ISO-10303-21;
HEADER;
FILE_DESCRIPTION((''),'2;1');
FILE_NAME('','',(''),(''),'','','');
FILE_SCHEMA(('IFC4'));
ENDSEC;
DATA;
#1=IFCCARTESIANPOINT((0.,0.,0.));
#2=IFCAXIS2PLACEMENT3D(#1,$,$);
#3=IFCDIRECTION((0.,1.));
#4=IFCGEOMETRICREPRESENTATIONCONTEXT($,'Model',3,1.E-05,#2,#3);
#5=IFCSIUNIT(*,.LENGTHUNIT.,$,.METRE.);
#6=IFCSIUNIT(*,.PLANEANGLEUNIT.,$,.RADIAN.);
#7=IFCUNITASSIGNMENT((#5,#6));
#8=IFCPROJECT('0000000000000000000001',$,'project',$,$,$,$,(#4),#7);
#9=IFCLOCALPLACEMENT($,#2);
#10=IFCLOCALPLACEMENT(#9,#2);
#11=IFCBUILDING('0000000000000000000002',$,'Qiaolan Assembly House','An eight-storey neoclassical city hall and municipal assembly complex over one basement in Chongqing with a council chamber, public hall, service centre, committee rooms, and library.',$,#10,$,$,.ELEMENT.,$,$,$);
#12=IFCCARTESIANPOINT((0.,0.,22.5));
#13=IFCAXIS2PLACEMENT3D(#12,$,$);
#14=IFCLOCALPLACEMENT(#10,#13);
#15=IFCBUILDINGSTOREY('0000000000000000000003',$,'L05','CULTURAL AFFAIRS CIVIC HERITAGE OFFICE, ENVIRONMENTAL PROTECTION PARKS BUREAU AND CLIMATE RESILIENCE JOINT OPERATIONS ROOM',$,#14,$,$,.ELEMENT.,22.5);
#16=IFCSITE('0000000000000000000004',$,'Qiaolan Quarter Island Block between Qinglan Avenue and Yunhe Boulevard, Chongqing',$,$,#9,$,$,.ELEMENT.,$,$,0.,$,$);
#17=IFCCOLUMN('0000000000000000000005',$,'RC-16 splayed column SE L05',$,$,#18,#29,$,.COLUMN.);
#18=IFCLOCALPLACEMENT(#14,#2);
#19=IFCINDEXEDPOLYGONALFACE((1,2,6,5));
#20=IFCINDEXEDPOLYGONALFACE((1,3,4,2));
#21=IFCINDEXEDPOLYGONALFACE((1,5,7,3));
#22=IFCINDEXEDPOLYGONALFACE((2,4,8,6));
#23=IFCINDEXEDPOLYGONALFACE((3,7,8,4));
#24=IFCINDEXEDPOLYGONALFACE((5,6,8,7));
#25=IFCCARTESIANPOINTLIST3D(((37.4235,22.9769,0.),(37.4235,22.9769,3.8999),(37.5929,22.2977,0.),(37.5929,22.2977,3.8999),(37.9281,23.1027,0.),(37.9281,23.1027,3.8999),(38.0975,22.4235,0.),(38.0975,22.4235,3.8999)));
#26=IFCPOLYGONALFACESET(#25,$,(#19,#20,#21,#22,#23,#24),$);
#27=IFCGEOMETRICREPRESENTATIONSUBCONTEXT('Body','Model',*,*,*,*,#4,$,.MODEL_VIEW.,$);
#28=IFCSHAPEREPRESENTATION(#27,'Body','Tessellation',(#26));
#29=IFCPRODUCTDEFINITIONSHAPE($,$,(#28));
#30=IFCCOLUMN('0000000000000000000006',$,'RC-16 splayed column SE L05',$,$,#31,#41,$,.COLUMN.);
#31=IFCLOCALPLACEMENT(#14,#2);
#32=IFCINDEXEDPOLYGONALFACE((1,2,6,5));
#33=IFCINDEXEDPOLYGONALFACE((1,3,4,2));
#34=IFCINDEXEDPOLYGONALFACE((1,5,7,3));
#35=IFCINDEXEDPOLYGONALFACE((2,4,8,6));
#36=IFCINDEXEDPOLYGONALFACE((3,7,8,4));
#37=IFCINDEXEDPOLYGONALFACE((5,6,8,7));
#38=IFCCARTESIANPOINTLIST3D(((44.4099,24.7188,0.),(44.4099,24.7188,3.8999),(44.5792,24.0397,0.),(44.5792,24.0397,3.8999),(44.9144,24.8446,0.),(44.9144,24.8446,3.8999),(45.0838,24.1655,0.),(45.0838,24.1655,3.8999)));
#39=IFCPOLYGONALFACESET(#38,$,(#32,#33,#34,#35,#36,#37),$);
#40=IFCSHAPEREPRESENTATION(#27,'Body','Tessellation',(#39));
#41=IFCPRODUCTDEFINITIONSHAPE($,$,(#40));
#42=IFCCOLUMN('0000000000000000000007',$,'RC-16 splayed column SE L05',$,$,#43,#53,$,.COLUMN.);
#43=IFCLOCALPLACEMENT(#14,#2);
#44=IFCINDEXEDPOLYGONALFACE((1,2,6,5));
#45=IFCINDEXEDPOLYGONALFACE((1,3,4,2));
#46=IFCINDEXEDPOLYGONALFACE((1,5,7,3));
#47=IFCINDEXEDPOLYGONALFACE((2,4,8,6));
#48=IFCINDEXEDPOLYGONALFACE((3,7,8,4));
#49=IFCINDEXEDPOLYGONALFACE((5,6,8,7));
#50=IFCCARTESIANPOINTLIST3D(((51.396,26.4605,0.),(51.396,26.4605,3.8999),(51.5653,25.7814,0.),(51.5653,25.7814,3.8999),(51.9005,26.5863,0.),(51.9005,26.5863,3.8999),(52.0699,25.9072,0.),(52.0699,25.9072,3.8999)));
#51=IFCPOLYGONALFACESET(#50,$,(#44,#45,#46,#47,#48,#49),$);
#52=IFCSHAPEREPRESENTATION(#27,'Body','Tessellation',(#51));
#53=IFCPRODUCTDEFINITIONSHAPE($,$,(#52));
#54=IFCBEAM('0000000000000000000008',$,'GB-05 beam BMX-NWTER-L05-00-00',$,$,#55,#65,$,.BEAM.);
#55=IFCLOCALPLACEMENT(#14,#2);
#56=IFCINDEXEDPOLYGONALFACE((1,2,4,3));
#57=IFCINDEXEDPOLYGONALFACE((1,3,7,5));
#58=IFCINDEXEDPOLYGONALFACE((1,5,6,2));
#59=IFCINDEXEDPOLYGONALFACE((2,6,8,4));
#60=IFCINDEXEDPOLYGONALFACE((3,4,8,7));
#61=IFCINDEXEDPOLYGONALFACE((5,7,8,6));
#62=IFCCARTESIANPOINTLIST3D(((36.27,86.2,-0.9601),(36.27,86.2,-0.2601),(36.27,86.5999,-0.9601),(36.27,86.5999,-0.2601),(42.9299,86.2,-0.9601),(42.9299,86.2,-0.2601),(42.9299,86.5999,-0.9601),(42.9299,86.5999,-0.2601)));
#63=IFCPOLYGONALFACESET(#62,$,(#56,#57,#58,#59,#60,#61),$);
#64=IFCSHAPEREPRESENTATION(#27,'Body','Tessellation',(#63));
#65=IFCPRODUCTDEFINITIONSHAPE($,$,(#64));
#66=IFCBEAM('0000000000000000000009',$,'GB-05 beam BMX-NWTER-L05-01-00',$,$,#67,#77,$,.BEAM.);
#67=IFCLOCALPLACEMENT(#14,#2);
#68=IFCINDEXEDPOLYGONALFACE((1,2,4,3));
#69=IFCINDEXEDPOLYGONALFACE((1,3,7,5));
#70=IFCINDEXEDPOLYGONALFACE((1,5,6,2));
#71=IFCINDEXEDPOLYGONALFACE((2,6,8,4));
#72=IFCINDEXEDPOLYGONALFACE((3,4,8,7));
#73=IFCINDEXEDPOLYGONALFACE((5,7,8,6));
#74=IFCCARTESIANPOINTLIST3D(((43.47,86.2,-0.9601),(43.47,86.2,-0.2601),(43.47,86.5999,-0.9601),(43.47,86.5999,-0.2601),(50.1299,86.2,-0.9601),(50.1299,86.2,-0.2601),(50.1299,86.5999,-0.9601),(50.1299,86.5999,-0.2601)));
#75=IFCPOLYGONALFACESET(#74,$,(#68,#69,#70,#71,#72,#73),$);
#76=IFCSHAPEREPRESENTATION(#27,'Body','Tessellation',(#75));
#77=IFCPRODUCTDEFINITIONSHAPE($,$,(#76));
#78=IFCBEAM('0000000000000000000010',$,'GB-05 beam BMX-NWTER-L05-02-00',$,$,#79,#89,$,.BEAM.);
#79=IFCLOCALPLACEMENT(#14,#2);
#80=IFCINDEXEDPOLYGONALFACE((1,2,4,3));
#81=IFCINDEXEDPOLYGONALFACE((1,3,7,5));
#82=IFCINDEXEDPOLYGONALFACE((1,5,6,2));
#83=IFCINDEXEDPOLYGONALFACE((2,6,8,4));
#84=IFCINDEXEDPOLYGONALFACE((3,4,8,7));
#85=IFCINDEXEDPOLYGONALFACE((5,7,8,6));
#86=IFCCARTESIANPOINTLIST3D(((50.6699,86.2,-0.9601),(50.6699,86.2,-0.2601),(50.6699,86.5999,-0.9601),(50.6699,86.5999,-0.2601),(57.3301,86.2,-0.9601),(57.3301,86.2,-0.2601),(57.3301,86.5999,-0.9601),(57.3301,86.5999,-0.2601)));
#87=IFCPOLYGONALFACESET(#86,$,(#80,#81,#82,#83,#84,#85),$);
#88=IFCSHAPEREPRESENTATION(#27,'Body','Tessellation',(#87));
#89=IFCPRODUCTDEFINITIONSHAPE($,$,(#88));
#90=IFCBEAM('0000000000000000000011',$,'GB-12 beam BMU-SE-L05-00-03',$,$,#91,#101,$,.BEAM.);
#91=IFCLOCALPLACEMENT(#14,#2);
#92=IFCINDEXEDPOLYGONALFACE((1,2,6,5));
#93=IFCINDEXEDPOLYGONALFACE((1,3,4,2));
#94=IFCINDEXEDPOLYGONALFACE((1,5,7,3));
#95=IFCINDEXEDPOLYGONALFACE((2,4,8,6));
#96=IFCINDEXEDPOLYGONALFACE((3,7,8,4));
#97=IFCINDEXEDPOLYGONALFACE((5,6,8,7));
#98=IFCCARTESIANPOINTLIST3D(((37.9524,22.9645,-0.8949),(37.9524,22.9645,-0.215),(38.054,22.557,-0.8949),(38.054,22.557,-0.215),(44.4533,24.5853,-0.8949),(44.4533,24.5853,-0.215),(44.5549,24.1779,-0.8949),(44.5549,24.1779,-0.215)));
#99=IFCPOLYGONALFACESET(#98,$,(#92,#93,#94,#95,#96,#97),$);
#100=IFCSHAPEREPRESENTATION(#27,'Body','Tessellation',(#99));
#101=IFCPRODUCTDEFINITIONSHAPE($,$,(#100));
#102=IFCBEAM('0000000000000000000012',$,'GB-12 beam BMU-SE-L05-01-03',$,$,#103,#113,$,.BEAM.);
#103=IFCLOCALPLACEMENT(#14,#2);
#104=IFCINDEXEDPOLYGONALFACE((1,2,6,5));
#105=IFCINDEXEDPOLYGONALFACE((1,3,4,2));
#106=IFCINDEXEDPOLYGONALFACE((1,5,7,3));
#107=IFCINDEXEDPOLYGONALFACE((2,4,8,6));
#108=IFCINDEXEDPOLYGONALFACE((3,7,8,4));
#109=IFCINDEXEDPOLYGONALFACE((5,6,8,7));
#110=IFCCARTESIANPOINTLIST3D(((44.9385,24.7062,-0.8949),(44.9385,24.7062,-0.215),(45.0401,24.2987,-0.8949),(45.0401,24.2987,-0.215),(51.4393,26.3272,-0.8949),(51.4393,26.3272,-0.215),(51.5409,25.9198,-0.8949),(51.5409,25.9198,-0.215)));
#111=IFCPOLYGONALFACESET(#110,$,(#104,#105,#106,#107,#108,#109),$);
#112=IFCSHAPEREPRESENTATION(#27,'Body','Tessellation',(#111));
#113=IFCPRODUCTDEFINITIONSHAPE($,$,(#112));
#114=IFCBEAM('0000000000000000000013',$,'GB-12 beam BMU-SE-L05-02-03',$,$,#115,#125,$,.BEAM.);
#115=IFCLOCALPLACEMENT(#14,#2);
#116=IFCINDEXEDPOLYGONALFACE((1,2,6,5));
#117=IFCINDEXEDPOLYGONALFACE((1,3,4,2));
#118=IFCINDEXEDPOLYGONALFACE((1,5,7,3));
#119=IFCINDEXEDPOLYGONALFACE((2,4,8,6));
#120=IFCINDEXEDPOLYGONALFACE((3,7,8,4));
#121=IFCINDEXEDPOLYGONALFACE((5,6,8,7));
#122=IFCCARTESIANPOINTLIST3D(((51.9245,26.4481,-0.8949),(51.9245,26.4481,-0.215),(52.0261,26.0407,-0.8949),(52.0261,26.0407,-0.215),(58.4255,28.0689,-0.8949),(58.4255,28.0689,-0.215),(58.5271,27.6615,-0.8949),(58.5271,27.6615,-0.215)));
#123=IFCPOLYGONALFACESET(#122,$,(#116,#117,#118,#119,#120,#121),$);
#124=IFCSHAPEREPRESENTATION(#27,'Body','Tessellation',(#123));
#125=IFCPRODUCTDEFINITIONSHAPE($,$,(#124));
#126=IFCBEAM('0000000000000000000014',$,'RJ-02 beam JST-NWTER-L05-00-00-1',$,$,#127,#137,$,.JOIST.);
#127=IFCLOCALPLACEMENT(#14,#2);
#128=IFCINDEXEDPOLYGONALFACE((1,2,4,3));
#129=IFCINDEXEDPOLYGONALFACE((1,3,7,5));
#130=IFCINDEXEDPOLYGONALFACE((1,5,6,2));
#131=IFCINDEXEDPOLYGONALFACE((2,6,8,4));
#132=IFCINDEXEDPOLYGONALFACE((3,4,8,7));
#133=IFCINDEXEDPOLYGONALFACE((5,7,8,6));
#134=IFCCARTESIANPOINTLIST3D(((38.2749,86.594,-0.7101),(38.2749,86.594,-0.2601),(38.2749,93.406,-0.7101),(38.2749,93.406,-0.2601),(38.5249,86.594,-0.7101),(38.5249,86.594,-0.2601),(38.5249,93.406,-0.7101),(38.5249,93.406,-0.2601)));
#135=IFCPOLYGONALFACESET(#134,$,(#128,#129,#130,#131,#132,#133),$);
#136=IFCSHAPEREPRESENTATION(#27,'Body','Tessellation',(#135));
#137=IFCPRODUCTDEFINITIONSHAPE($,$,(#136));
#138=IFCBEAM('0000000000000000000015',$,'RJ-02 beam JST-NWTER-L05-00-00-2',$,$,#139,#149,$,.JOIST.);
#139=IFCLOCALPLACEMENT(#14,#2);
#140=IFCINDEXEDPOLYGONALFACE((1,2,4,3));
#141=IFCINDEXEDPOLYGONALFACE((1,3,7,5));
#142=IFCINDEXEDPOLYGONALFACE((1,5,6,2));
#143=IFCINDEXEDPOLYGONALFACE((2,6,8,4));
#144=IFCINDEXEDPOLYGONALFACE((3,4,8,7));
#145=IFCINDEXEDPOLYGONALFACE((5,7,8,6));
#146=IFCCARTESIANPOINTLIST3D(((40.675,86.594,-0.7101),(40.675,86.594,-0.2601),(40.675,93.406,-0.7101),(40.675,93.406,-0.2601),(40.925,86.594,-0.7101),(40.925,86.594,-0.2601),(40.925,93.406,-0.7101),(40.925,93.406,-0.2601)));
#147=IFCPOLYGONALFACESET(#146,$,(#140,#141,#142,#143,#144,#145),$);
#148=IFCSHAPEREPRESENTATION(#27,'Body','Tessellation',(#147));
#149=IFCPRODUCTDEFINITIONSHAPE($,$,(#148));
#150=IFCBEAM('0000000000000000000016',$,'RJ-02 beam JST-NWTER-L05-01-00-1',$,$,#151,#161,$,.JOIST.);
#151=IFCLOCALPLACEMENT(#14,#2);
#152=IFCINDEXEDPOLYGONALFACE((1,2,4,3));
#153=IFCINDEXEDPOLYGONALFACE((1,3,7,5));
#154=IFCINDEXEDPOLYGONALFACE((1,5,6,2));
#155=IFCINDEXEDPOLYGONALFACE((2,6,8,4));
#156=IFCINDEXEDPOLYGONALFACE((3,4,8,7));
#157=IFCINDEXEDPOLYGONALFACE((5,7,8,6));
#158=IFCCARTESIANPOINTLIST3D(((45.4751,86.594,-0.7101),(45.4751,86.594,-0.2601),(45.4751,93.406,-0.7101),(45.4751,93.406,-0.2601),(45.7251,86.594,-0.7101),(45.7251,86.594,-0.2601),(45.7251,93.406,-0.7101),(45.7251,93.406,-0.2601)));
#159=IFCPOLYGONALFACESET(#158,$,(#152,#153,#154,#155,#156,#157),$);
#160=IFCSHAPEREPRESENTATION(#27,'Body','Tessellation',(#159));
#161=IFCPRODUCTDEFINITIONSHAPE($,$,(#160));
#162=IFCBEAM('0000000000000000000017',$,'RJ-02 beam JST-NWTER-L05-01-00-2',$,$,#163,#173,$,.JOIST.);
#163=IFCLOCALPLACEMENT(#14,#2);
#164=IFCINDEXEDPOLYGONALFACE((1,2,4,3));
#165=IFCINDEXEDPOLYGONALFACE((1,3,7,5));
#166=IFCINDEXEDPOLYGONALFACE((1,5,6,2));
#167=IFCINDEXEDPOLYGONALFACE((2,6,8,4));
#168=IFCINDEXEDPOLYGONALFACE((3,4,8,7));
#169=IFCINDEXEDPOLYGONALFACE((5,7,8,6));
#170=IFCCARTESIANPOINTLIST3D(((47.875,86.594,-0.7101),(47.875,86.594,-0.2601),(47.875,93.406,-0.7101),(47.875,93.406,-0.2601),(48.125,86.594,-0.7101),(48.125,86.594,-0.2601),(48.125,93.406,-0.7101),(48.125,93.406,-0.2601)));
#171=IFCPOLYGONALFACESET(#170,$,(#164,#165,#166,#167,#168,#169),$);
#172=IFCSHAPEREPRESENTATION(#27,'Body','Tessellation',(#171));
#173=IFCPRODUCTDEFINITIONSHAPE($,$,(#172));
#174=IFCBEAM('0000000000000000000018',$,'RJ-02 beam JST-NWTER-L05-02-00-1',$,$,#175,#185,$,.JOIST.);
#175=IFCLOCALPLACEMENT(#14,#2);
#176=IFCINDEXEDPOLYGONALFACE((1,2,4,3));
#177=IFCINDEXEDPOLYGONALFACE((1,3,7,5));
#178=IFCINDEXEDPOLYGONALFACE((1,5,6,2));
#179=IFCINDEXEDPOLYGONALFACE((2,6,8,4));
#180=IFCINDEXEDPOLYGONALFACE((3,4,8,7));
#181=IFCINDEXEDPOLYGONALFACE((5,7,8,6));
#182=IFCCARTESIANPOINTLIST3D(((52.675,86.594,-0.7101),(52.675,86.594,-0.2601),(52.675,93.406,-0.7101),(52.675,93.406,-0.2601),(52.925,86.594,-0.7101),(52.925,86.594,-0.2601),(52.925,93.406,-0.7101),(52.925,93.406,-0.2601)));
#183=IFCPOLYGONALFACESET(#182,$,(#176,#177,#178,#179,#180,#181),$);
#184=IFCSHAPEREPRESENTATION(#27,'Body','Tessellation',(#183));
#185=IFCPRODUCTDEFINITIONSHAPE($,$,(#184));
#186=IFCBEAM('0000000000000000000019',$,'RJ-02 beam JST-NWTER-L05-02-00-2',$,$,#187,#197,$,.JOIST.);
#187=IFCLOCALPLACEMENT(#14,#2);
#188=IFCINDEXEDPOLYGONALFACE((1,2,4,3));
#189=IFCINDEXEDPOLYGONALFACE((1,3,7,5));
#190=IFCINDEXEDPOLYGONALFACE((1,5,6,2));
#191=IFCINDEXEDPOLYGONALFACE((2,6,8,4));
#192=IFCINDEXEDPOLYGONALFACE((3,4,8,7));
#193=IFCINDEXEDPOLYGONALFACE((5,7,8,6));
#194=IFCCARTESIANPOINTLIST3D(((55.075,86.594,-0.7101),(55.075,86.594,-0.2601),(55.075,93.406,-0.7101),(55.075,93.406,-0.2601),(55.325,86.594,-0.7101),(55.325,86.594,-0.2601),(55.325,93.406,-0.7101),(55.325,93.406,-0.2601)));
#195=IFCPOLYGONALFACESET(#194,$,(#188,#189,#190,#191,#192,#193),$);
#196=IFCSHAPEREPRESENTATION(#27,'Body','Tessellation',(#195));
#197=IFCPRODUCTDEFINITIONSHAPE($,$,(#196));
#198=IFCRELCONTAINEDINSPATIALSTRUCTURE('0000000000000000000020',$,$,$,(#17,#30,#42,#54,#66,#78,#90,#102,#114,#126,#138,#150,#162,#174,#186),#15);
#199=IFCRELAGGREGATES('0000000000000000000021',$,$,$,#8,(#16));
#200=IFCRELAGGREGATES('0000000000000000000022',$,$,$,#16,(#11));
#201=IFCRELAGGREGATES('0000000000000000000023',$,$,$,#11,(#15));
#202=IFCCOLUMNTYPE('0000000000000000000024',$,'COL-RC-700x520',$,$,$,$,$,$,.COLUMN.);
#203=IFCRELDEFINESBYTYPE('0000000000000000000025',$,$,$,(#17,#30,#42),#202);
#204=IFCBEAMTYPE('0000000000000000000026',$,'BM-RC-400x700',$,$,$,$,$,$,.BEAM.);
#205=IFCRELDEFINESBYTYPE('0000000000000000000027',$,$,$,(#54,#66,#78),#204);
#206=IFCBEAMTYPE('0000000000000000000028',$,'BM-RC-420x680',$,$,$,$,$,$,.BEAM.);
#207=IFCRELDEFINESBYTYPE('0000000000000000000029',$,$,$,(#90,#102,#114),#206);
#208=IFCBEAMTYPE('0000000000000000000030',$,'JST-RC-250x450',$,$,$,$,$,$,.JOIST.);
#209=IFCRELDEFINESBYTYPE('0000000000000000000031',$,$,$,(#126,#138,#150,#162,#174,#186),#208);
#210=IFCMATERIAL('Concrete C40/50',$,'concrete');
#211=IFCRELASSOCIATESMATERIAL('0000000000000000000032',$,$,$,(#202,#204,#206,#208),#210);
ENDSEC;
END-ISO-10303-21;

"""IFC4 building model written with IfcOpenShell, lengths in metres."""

from ifc_helpers import new_model, si_unit, direction, frame, origin, origin_2d, place, context, subcontext, project, spatial, rectangle, extrude, material, material_profile, profile_set, type_object, element, save


model = new_model("IFC4")

# Units and contexts
model_context = context("Model", 3, precision=1e-05, world=origin(), true_north=direction((0.0, 1.0)))
body_context = subcontext(model_context, "Body", "Model", "MODEL_VIEW")
ifc_project = project(units=[si_unit("LENGTHUNIT", "METRE"), si_unit("PLANEANGLEUNIT", "RADIAN")], contexts=[model_context])

# Site, building, storey
site_placement = place(None, origin())
site = spatial("IfcSite", under=ifc_project, at=site_placement, Name="Qiaolan Quarter Island Block between Qinglan Avenue and Yunhe Boulevard, Chongqing", CompositionType="ELEMENT", RefElevation=0.0)
building_placement = place(site_placement, origin())
building = spatial("IfcBuilding", under=site, at=building_placement, Name="Qiaolan Assembly House", Description="An eight-storey neoclassical city hall and municipal assembly complex over one basement in Chongqing with a council chamber, public hall, service centre, committee rooms, and library.", CompositionType="ELEMENT")
storey_placement = place(building_placement, frame((0.0, 0.0, 22.5)))
storey = spatial("IfcBuildingStorey", under=building, at=storey_placement, Name="L05", Description="CULTURAL AFFAIRS CIVIC HERITAGE OFFICE, ENVIRONMENTAL PROTECTION PARKS BUREAU AND CLIMATE RESILIENCE JOINT OPERATIONS ROOM", CompositionType="ELEMENT", Elevation=22.5)

# Columns
ifc_material_1 = material(Name="Concrete C40/50", Category="concrete")
ifc_material_profile_1 = material_profile(ifc_material_1, rectangle(XDim=0.52, YDim=0.7, at=origin_2d()), Name="RC 700x520")
ifc_profile_set_1 = profile_set([ifc_material_profile_1], Name="Concrete C40/50")
column_type = type_object("IfcColumnType", Name="COL-RC-700x520", PredefinedType="COLUMN", material=ifc_profile_set_1)
for number, where, z_axis, x_axis, name in (
    (1, (37.7605, 22.7002, 0.0), (0.0, 0.0, 1.0), (0.970296, 0.241922, 0.0), "RC-16 splayed column SE L05"),
    (2, (44.7468, 24.4421, 0.0), (0.0, 0.0, 1.0), (0.970296, 0.241922, 0.0), "RC-16 splayed column SE L05"),
    (3, (51.7329, 26.1838, 0.0), (0.0, 0.0, 1.0), (0.970296, 0.241922, 0.0), "RC-16 splayed column SE L05"),
):
    element("IfcColumn", number, at=place(storey_placement, frame(where, z_axis=z_axis, x_axis=x_axis)), inside=storey, type_object=column_type, Name=name, PredefinedType="COLUMN", context=body_context, shape_type="SweptSolid", body=[
        extrude(rectangle(XDim=0.52, YDim=0.7, at=origin_2d()), origin(), (0.0, 0.0, 1.0), 3.8999),
    ])

# Beams
ifc_material_profile_2 = material_profile(ifc_material_1, rectangle(XDim=0.3999, YDim=0.7, at=origin_2d()), Name="RCB 400x700")
ifc_profile_set_2 = profile_set([ifc_material_profile_2], Name="Concrete C40/50")
beam_type_1 = type_object("IfcBeamType", Name="BM-RC-400x700", PredefinedType="BEAM", material=ifc_profile_set_2)
for number, where, z_axis, x_axis, name in (
    (4, (36.27, 86.3999, -0.6101), (1.0, 0.0, 0.0), (0.0, 1.0, 0.0), "GB-05 beam BMX-NWTER-L05-00-00"),
    (5, (43.47, 86.3999, -0.6101), (1.0, 0.0, 0.0), (0.0, 1.0, 0.0), "GB-05 beam BMX-NWTER-L05-01-00"),
):
    element("IfcBeam", number, at=place(storey_placement, frame(where, z_axis=z_axis, x_axis=x_axis)), inside=storey, type_object=beam_type_1, Name=name, PredefinedType="BEAM", context=body_context, shape_type="SweptSolid", body=[
        extrude(rectangle(XDim=0.3999, YDim=0.7, at=origin_2d()), origin(), (0.0, 0.0, 1.0), 6.6599),
    ])
beam_placement = place(storey_placement, frame((50.6699, 86.3999, -0.6101), z_axis=(1.0, 0.0, 0.0), x_axis=(0.0, 1.0, 0.0)))
element("IfcBeam", 6, at=beam_placement, inside=storey, type_object=beam_type_1, Name="GB-05 beam BMX-NWTER-L05-02-00", PredefinedType="BEAM", context=body_context, shape_type="SweptSolid", body=[
    extrude(rectangle(XDim=0.3999, YDim=0.7, at=origin_2d()), origin(), (0.0, 0.0, 1.0), 6.6602),
])
ifc_material_profile_3 = material_profile(ifc_material_1, rectangle(XDim=0.4199, YDim=0.6799, at=origin_2d()), Name="RCB 420x680")
ifc_profile_set_3 = profile_set([ifc_material_profile_3], Name="Concrete C40/50")
beam_type_2 = type_object("IfcBeamType", Name="BM-RC-420x680", PredefinedType="BEAM", material=ifc_profile_set_3)
for number, where, z_axis, x_axis, name in (
    (7, (38.0032, 22.7607, -0.5549), (0.970297, 0.241918, 0.0), (-0.241918, 0.970297, 0.0), "GB-12 beam BMU-SE-L05-00-03"),
    (8, (44.9893, 24.5024, -0.5549), (0.970288, 0.241953, 0.0), (-0.241953, 0.970288, 0.0), "GB-12 beam BMU-SE-L05-01-03"),
    (9, (51.9753, 26.2444, -0.5549), (0.970297, 0.241918, 0.0), (-0.241918, 0.970297, 0.0), "GB-12 beam BMU-SE-L05-02-03"),
):
    element("IfcBeam", number, at=place(storey_placement, frame(where, z_axis=z_axis, x_axis=x_axis)), inside=storey, type_object=beam_type_2, Name=name, PredefinedType="BEAM", context=body_context, shape_type="SweptSolid", body=[
        extrude(rectangle(XDim=0.4199, YDim=0.6799, at=origin_2d()), origin(), (0.0, 0.0, 1.0), 6.7),
    ])
ifc_material_profile_4 = material_profile(ifc_material_1, rectangle(XDim=0.25, YDim=0.45, at=origin_2d()), Name="RCB 250x450")
ifc_profile_set_4 = profile_set([ifc_material_profile_4], Name="Concrete C40/50")
beam_type_3 = type_object("IfcBeamType", Name="JST-RC-250x450", PredefinedType="JOIST", material=ifc_profile_set_4)
for number, where, z_axis, x_axis, name in (
    (10, (38.3999, 86.594, -0.4851), (0.0, 1.0, 0.0), (-1.0, 0.0, 0.0), "RJ-02 beam JST-NWTER-L05-00-00-1"),
    (11, (40.8, 86.594, -0.4851), (0.0, 1.0, 0.0), (-1.0, 0.0, 0.0), "RJ-02 beam JST-NWTER-L05-00-00-2"),
    (12, (45.6001, 86.594, -0.4851), (0.0, 1.0, 0.0), (-1.0, 0.0, 0.0), "RJ-02 beam JST-NWTER-L05-01-00-1"),
    (13, (48.0, 86.594, -0.4851), (0.0, 1.0, 0.0), (-1.0, 0.0, 0.0), "RJ-02 beam JST-NWTER-L05-01-00-2"),
    (14, (52.8, 86.594, -0.4851), (0.0, 1.0, 0.0), (-1.0, 0.0, 0.0), "RJ-02 beam JST-NWTER-L05-02-00-1"),
    (15, (55.2, 86.594, -0.4851), (0.0, 1.0, 0.0), (-1.0, 0.0, 0.0), "RJ-02 beam JST-NWTER-L05-02-00-2"),
):
    element("IfcBeam", number, at=place(storey_placement, frame(where, z_axis=z_axis, x_axis=x_axis)), inside=storey, type_object=beam_type_3, Name=name, PredefinedType="JOIST", context=body_context, shape_type="SweptSolid", body=[
        extrude(rectangle(XDim=0.25, YDim=0.45, at=origin_2d()), origin(), (0.0, 0.0, 1.0), 6.812),
    ])

save(model, "model.ifc")
